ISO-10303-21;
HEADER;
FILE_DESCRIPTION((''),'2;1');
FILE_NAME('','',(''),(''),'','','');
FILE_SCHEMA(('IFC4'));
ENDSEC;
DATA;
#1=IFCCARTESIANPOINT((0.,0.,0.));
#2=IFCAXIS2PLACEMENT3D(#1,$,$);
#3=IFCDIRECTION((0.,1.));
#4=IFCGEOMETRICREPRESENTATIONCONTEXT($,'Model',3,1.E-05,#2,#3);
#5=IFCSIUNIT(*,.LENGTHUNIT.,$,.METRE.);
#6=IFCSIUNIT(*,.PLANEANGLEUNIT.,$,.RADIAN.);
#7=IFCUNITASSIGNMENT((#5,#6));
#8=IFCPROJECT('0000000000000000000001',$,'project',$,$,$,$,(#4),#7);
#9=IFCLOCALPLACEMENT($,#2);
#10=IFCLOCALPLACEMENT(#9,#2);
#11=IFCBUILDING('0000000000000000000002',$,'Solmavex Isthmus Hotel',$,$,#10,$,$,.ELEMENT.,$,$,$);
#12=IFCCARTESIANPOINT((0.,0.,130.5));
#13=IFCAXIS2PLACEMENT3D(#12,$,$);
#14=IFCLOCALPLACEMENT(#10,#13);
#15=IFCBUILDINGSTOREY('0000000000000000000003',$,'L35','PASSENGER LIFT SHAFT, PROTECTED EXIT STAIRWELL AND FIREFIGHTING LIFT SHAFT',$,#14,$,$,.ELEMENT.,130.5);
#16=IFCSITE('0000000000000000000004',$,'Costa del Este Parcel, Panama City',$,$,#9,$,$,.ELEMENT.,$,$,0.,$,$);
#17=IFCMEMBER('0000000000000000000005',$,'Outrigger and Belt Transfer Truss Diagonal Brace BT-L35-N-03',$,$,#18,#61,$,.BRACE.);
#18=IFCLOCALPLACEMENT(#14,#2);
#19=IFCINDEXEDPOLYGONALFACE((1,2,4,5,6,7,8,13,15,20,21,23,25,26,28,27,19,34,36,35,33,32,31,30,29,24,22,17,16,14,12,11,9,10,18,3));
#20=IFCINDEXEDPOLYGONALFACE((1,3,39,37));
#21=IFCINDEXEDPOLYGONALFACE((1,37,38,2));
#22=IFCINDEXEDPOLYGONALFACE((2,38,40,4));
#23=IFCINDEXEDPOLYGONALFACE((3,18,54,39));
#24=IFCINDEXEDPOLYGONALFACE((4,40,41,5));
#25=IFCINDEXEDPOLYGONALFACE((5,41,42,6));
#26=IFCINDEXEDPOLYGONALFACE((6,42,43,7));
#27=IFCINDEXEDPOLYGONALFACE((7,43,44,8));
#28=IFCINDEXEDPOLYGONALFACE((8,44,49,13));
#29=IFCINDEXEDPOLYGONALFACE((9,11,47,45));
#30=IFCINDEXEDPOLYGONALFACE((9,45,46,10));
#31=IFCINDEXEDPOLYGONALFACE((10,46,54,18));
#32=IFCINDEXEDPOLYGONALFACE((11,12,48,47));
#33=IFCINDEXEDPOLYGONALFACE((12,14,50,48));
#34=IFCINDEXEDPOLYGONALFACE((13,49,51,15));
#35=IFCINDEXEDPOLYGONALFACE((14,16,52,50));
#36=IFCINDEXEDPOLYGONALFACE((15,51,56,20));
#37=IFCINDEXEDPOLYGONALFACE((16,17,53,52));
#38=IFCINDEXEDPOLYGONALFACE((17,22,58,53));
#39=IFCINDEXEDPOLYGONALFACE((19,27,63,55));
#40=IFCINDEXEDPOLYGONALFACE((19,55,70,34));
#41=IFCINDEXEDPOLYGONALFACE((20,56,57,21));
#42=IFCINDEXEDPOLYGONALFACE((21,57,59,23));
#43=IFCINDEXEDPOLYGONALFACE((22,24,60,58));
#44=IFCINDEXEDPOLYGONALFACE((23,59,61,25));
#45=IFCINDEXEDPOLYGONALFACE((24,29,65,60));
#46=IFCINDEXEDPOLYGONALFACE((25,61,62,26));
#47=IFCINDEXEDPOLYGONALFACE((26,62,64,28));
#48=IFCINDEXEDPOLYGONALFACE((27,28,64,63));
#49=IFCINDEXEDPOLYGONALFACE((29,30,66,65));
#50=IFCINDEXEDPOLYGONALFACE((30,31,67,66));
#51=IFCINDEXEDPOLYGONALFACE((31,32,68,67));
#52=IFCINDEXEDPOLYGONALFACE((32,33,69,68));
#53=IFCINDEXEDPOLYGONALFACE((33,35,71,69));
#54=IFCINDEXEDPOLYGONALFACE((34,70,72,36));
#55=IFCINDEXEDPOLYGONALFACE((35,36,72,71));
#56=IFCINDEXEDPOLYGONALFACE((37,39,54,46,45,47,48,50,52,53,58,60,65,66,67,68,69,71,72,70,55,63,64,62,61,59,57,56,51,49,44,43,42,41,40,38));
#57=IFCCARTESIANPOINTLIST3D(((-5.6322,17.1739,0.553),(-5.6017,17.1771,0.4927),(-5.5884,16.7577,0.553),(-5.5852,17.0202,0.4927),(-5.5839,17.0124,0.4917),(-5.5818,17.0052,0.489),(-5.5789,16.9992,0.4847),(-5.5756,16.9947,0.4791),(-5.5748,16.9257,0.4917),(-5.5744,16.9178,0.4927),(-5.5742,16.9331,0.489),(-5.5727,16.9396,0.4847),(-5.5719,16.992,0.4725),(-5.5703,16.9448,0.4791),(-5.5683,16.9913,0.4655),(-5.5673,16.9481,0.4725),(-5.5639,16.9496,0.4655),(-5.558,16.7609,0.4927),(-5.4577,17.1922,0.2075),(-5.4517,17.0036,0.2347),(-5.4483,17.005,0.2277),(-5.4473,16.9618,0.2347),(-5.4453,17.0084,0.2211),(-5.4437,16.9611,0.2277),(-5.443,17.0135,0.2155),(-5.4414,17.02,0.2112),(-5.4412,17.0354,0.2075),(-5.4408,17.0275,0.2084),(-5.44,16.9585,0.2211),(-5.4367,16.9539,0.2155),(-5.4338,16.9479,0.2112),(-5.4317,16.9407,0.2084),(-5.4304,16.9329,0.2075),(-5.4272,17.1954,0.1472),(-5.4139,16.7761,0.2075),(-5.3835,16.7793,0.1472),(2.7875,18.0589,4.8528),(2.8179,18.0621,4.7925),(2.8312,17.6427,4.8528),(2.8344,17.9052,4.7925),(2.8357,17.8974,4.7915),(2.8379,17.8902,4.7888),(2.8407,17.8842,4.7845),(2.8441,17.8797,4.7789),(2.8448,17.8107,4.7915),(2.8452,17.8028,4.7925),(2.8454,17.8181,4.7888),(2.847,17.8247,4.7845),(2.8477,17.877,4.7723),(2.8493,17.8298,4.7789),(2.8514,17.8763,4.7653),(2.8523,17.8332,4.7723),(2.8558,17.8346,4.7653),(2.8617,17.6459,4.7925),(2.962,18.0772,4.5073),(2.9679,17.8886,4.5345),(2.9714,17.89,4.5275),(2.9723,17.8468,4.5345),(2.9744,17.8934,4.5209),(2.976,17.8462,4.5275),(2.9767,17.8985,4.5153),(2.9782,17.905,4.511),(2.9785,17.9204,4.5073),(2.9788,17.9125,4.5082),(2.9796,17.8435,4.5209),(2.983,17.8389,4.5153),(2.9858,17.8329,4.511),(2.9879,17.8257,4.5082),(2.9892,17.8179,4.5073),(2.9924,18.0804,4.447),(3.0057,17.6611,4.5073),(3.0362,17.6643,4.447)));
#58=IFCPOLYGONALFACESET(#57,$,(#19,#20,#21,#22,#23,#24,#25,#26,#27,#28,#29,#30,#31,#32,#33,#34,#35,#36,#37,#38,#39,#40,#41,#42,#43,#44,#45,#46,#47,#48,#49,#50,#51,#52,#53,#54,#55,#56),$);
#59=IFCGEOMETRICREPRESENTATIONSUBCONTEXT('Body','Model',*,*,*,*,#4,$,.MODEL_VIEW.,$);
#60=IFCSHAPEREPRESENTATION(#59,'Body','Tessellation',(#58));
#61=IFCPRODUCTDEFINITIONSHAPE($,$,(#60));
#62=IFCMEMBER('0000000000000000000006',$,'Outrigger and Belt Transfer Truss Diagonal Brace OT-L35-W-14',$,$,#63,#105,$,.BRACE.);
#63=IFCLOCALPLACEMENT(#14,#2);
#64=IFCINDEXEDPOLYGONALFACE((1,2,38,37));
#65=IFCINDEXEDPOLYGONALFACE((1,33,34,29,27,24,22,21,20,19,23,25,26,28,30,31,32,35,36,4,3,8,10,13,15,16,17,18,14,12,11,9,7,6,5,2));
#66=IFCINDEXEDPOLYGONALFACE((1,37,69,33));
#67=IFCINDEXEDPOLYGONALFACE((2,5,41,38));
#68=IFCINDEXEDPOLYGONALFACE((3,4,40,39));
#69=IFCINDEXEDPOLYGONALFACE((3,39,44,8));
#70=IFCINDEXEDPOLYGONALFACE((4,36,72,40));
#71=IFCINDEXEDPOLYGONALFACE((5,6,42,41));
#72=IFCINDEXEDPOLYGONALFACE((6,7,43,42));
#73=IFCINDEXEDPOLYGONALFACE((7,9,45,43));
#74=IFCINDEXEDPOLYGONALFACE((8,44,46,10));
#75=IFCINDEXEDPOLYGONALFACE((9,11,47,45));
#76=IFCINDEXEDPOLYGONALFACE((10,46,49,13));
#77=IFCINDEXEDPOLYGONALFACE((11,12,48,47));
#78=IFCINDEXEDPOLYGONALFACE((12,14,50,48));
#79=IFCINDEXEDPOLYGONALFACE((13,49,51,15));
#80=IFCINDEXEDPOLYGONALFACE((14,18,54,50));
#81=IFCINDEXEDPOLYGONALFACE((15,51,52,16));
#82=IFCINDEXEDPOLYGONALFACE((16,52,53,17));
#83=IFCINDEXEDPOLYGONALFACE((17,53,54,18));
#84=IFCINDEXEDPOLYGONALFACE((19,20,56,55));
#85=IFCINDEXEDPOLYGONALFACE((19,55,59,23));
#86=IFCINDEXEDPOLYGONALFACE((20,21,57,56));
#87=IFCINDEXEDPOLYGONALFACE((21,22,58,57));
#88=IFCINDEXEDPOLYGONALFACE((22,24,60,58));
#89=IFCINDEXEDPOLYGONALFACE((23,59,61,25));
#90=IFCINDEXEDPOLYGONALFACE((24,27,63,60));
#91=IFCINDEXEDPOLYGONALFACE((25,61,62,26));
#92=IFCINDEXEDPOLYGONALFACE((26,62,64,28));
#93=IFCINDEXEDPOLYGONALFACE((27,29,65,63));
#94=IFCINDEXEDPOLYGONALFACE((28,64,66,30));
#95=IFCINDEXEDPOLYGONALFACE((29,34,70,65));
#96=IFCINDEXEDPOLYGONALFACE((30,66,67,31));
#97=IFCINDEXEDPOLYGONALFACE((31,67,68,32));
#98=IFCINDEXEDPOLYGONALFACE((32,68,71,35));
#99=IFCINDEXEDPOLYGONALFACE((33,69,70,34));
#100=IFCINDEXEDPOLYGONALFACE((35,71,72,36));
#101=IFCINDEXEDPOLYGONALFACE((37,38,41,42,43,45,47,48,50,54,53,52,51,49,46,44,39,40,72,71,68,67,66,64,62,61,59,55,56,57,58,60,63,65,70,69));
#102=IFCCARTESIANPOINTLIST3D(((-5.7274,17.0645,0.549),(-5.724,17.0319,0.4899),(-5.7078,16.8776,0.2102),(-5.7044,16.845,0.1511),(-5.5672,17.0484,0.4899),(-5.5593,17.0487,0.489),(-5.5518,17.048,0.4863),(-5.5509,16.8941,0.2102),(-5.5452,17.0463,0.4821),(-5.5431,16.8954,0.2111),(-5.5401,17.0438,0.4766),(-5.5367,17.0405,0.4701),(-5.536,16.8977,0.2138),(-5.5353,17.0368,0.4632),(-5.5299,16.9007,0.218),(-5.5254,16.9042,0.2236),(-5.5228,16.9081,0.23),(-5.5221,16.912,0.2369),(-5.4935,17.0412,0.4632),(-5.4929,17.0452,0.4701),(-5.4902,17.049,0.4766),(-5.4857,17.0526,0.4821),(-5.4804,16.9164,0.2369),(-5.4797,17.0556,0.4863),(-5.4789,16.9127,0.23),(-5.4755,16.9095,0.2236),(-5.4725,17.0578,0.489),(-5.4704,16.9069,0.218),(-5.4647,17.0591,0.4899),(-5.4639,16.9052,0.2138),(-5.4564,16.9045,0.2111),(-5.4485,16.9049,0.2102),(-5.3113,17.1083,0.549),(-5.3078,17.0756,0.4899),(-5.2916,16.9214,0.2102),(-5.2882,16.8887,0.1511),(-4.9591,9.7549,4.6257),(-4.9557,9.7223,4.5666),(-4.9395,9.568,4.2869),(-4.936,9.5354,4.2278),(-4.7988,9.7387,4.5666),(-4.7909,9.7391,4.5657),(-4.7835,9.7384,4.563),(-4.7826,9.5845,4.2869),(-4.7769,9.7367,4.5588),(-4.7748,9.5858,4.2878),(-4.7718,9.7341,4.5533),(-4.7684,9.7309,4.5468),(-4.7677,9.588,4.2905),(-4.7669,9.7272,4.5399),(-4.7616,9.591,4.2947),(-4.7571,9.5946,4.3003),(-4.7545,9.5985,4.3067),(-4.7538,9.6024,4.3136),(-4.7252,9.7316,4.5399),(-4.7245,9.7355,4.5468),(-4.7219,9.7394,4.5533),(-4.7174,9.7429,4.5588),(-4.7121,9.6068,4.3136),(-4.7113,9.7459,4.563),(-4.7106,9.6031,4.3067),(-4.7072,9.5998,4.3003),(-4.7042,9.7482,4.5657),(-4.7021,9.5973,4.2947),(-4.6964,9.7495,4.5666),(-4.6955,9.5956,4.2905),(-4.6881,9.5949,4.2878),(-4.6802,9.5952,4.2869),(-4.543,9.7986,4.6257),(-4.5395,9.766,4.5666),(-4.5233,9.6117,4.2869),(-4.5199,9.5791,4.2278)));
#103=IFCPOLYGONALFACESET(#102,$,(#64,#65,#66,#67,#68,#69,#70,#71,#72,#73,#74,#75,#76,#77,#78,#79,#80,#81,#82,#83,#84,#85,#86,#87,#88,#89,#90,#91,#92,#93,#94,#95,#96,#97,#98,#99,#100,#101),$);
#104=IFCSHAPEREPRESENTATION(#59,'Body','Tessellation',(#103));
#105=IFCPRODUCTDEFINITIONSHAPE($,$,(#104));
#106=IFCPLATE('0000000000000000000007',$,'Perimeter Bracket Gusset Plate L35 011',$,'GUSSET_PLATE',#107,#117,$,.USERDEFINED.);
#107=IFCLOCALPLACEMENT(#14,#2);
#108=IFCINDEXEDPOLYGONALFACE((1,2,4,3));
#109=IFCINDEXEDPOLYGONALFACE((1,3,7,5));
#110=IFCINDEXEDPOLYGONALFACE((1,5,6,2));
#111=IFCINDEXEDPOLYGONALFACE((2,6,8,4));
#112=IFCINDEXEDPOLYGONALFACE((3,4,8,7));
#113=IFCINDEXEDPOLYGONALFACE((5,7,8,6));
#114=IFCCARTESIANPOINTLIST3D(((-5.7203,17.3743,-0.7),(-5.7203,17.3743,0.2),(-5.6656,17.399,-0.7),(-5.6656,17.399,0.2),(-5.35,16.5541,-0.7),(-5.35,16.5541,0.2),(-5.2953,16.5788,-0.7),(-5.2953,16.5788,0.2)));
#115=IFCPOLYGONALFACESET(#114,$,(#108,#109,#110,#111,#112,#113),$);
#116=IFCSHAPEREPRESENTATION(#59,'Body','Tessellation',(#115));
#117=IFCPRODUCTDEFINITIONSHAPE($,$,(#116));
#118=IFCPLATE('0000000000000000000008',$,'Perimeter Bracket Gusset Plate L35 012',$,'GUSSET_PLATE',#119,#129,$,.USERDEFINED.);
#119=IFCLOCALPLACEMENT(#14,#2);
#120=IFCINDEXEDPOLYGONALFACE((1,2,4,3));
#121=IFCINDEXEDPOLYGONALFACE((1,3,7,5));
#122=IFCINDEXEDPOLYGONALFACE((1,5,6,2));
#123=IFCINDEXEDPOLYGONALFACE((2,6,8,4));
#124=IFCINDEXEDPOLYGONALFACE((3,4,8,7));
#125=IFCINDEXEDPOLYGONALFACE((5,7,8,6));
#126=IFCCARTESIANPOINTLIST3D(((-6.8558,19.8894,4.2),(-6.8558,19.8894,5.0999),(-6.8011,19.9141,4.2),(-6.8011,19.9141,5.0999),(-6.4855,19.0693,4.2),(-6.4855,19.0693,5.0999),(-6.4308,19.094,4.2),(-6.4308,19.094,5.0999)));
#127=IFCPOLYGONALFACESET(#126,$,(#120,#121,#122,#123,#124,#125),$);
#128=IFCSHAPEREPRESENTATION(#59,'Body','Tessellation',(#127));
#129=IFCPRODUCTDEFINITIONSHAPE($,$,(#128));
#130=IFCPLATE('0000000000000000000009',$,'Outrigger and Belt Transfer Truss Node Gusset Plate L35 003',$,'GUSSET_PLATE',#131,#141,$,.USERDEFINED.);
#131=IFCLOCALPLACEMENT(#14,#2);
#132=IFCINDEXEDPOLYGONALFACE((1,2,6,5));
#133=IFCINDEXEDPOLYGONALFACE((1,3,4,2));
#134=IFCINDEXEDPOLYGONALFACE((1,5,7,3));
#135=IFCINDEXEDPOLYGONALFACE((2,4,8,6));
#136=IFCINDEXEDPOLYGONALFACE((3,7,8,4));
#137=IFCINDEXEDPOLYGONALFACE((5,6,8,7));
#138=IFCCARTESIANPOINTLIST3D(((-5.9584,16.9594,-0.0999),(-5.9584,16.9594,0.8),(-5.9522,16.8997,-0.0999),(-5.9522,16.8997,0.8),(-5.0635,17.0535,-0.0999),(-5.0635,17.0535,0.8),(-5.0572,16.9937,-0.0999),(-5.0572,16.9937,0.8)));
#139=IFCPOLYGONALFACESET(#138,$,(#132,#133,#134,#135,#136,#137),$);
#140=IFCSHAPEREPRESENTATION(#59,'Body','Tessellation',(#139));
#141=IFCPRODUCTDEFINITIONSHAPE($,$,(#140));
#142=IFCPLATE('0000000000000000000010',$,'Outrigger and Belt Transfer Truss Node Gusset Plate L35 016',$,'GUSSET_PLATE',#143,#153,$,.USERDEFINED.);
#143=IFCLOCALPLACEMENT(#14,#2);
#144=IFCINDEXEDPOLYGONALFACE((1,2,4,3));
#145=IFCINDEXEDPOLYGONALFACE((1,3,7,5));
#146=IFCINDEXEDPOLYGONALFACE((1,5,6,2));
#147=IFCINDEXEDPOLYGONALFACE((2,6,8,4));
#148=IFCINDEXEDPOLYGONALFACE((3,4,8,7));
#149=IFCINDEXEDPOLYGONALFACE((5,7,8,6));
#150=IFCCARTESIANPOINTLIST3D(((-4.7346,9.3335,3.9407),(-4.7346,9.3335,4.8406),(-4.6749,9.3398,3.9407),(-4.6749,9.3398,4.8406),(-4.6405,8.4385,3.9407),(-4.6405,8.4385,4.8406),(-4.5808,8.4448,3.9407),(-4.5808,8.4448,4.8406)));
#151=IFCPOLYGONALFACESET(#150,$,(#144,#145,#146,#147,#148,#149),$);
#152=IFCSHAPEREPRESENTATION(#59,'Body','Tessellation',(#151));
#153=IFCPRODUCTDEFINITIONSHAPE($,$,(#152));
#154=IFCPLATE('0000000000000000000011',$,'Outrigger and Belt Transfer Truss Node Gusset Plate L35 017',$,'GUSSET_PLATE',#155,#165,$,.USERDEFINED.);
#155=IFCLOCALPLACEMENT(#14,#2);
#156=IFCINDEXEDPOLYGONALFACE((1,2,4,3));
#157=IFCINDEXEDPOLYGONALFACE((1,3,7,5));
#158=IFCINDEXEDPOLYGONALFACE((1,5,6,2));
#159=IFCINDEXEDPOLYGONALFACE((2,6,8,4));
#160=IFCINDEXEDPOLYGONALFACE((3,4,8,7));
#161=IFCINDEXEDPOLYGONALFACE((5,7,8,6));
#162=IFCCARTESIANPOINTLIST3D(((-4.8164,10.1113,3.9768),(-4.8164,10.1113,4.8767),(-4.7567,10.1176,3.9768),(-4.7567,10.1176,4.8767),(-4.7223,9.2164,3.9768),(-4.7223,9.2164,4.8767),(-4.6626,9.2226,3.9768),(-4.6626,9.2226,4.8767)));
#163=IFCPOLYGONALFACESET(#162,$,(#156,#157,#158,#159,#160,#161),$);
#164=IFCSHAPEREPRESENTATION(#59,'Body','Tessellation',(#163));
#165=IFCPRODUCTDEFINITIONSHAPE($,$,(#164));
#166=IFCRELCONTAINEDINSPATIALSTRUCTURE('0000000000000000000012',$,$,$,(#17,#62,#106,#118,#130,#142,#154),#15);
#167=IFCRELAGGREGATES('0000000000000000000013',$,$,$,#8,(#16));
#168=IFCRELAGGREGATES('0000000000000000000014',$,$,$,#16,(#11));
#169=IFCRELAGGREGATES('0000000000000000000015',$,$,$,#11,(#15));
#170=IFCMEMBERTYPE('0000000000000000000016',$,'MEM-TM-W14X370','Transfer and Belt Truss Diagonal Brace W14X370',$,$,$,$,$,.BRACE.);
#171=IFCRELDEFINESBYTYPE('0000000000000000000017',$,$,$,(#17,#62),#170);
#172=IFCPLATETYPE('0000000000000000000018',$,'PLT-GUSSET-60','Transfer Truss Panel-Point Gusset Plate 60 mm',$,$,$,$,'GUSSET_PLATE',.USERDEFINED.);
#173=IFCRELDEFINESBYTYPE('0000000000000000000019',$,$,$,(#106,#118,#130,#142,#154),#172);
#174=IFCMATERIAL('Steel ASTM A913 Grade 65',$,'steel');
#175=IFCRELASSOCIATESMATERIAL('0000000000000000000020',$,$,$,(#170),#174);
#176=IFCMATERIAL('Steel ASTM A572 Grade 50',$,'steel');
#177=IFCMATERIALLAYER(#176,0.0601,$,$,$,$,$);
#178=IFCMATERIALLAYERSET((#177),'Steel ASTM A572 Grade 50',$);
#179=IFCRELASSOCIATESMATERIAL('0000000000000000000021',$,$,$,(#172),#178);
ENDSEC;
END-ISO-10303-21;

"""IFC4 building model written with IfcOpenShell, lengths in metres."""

from ifc_helpers import new_model, si_unit, direction, frame, origin, origin_2d, place, context, subcontext, project, spatial, rectangle, i_section, extrude, material, layer, layer_set, material_profile, profile_set, type_object, element, save


model = new_model("IFC4")

# Units and contexts
model_context = context("Model", 3, precision=1e-05, world=origin(), true_north=direction((0.0, 1.0)))
body_context = subcontext(model_context, "Body", "Model", "MODEL_VIEW")
ifc_project = project(units=[si_unit("LENGTHUNIT", "METRE"), si_unit("PLANEANGLEUNIT", "RADIAN")], contexts=[model_context])

# Site, building, storey
site_placement = place(None, origin())
site = spatial("IfcSite", under=ifc_project, at=site_placement, Name="Costa del Este Parcel, Panama City", CompositionType="ELEMENT", RefElevation=0.0)
building_placement = place(site_placement, origin())
building = spatial("IfcBuilding", under=site, at=building_placement, Name="Solmavex Isthmus Hotel", CompositionType="ELEMENT")
storey_placement = place(building_placement, frame((0.0, 0.0, 130.5)))
storey = spatial("IfcBuildingStorey", under=building, at=storey_placement, Name="L35", Description="PASSENGER LIFT SHAFT, PROTECTED EXIT STAIRWELL AND FIREFIGHTING LIFT SHAFT", CompositionType="ELEMENT", Elevation=130.5)

# Shared definitions
ifc_material_1 = material(Name="Steel ASTM A913 Grade 65", Category="steel")

# Members
ifc_material_profile_1 = material_profile(ifc_material_1, i_section(OverallWidth=0.4185, OverallDepth=0.4551, WebThickness=0.042, FlangeThickness=0.0676, FilletRadius=0.0305, at=origin_2d()), Name="W14X370")
ifc_profile_set_1 = profile_set([ifc_material_profile_1], Name="Steel ASTM A913 Grade 65")
member_type_1 = type_object("IfcMemberType", Name="MEM-TM-W14X370", Description="Transfer and Belt Truss Diagonal Brace W14X370", PredefinedType="BRACE", material=ifc_profile_set_1)
member_1_placement = place(storey_placement, frame((-5.5078, 16.9766, 0.3501), z_axis=(0.886712, 0.093204, 0.45283), x_axis=(-0.104536, 0.994521, 0.0)))
element("IfcMember", 1, at=member_1_placement, inside=storey, type_object=member_type_1, Name="Outrigger and Belt Transfer Truss Diagonal Brace BT-L35-N-03", PredefinedType="BRACE", context=body_context, shape_type="SweptSolid", body=[
    extrude(i_section(OverallWidth=0.4185, OverallDepth=0.4551, WebThickness=0.042, FlangeThickness=0.0676, FilletRadius=0.0305, at=origin_2d()), origin(), (0.0, 0.0, 1.0), 9.4954),
])
member_2_placement = place(storey_placement, frame((-4.7395, 9.667, 4.4268), z_axis=(-0.091414, 0.869699, -0.485044), x_axis=(-0.994521, -0.104534, 0.0)))
element("IfcMember", 2, at=member_2_placement, inside=storey, type_object=member_type_1, Name="Outrigger and Belt Transfer Truss Diagonal Brace OT-L35-W-14", PredefinedType="BRACE", context=body_context, shape_type="SweptSolid", body=[
    extrude(i_section(OverallWidth=0.4185, OverallDepth=0.4551, WebThickness=0.042, FlangeThickness=0.0676, FilletRadius=0.0305, at=origin_2d()), origin(), (0.0, 0.0, 1.0), 8.4048),
])

# Plates
ifc_material_2 = material(Name="Steel ASTM A572 Grade 50", Category="steel")
ifc_layer = layer(ifc_material_2, 0.0601)
ifc_layer_set = layer_set([ifc_layer], Name="Steel ASTM A572 Grade 50")
plate_type = type_object("IfcPlateType", Name="PLT-GUSSET-60", Description="Transfer Truss Panel-Point Gusset Plate 60 mm", ElementType="GUSSET_PLATE", PredefinedType="USERDEFINED", material=ifc_layer_set)
for number, where, z_axis, x_axis, name in (
    (3, (-5.5078, 16.9766, -0.7), (0.0, 0.0, 1.0), (-0.411514, 0.911403, 0.0), "Perimeter Bracket Gusset Plate L35 011"),
    (4, (-6.6433, 19.4917, 4.2), (0.0, 0.0, 1.0), (-0.411514, 0.911403, 0.0), "Perimeter Bracket Gusset Plate L35 012"),
    (5, (-5.5078, 16.9766, -0.0999), (0.0, 0.0, 1.0), (0.994522, 0.104528, 0.0), "Outrigger and Belt Transfer Truss Node Gusset Plate L35 003"),
    (6, (-4.6577, 8.8892, 3.9407), (0.0, 0.0, 1.0), (-0.104528, 0.994522, 0.0), "Outrigger and Belt Transfer Truss Node Gusset Plate L35 016"),
    (7, (-4.7395, 9.667, 3.9768), (0.0, 0.0, 1.0), (-0.104528, 0.994522, 0.0), "Outrigger and Belt Transfer Truss Node Gusset Plate L35 017"),
):
    element("IfcPlate", number, at=place(storey_placement, frame(where, z_axis=z_axis, x_axis=x_axis)), inside=storey, type_object=plate_type, Name=name, ObjectType="GUSSET_PLATE", PredefinedType="USERDEFINED", context=body_context, shape_type="SweptSolid", body=[
        extrude(rectangle(XDim=0.8999, YDim=0.0601, at=origin_2d()), origin(), (0.0, 0.0, 1.0), 0.8999),
    ])

save(model, "model.ifc")
